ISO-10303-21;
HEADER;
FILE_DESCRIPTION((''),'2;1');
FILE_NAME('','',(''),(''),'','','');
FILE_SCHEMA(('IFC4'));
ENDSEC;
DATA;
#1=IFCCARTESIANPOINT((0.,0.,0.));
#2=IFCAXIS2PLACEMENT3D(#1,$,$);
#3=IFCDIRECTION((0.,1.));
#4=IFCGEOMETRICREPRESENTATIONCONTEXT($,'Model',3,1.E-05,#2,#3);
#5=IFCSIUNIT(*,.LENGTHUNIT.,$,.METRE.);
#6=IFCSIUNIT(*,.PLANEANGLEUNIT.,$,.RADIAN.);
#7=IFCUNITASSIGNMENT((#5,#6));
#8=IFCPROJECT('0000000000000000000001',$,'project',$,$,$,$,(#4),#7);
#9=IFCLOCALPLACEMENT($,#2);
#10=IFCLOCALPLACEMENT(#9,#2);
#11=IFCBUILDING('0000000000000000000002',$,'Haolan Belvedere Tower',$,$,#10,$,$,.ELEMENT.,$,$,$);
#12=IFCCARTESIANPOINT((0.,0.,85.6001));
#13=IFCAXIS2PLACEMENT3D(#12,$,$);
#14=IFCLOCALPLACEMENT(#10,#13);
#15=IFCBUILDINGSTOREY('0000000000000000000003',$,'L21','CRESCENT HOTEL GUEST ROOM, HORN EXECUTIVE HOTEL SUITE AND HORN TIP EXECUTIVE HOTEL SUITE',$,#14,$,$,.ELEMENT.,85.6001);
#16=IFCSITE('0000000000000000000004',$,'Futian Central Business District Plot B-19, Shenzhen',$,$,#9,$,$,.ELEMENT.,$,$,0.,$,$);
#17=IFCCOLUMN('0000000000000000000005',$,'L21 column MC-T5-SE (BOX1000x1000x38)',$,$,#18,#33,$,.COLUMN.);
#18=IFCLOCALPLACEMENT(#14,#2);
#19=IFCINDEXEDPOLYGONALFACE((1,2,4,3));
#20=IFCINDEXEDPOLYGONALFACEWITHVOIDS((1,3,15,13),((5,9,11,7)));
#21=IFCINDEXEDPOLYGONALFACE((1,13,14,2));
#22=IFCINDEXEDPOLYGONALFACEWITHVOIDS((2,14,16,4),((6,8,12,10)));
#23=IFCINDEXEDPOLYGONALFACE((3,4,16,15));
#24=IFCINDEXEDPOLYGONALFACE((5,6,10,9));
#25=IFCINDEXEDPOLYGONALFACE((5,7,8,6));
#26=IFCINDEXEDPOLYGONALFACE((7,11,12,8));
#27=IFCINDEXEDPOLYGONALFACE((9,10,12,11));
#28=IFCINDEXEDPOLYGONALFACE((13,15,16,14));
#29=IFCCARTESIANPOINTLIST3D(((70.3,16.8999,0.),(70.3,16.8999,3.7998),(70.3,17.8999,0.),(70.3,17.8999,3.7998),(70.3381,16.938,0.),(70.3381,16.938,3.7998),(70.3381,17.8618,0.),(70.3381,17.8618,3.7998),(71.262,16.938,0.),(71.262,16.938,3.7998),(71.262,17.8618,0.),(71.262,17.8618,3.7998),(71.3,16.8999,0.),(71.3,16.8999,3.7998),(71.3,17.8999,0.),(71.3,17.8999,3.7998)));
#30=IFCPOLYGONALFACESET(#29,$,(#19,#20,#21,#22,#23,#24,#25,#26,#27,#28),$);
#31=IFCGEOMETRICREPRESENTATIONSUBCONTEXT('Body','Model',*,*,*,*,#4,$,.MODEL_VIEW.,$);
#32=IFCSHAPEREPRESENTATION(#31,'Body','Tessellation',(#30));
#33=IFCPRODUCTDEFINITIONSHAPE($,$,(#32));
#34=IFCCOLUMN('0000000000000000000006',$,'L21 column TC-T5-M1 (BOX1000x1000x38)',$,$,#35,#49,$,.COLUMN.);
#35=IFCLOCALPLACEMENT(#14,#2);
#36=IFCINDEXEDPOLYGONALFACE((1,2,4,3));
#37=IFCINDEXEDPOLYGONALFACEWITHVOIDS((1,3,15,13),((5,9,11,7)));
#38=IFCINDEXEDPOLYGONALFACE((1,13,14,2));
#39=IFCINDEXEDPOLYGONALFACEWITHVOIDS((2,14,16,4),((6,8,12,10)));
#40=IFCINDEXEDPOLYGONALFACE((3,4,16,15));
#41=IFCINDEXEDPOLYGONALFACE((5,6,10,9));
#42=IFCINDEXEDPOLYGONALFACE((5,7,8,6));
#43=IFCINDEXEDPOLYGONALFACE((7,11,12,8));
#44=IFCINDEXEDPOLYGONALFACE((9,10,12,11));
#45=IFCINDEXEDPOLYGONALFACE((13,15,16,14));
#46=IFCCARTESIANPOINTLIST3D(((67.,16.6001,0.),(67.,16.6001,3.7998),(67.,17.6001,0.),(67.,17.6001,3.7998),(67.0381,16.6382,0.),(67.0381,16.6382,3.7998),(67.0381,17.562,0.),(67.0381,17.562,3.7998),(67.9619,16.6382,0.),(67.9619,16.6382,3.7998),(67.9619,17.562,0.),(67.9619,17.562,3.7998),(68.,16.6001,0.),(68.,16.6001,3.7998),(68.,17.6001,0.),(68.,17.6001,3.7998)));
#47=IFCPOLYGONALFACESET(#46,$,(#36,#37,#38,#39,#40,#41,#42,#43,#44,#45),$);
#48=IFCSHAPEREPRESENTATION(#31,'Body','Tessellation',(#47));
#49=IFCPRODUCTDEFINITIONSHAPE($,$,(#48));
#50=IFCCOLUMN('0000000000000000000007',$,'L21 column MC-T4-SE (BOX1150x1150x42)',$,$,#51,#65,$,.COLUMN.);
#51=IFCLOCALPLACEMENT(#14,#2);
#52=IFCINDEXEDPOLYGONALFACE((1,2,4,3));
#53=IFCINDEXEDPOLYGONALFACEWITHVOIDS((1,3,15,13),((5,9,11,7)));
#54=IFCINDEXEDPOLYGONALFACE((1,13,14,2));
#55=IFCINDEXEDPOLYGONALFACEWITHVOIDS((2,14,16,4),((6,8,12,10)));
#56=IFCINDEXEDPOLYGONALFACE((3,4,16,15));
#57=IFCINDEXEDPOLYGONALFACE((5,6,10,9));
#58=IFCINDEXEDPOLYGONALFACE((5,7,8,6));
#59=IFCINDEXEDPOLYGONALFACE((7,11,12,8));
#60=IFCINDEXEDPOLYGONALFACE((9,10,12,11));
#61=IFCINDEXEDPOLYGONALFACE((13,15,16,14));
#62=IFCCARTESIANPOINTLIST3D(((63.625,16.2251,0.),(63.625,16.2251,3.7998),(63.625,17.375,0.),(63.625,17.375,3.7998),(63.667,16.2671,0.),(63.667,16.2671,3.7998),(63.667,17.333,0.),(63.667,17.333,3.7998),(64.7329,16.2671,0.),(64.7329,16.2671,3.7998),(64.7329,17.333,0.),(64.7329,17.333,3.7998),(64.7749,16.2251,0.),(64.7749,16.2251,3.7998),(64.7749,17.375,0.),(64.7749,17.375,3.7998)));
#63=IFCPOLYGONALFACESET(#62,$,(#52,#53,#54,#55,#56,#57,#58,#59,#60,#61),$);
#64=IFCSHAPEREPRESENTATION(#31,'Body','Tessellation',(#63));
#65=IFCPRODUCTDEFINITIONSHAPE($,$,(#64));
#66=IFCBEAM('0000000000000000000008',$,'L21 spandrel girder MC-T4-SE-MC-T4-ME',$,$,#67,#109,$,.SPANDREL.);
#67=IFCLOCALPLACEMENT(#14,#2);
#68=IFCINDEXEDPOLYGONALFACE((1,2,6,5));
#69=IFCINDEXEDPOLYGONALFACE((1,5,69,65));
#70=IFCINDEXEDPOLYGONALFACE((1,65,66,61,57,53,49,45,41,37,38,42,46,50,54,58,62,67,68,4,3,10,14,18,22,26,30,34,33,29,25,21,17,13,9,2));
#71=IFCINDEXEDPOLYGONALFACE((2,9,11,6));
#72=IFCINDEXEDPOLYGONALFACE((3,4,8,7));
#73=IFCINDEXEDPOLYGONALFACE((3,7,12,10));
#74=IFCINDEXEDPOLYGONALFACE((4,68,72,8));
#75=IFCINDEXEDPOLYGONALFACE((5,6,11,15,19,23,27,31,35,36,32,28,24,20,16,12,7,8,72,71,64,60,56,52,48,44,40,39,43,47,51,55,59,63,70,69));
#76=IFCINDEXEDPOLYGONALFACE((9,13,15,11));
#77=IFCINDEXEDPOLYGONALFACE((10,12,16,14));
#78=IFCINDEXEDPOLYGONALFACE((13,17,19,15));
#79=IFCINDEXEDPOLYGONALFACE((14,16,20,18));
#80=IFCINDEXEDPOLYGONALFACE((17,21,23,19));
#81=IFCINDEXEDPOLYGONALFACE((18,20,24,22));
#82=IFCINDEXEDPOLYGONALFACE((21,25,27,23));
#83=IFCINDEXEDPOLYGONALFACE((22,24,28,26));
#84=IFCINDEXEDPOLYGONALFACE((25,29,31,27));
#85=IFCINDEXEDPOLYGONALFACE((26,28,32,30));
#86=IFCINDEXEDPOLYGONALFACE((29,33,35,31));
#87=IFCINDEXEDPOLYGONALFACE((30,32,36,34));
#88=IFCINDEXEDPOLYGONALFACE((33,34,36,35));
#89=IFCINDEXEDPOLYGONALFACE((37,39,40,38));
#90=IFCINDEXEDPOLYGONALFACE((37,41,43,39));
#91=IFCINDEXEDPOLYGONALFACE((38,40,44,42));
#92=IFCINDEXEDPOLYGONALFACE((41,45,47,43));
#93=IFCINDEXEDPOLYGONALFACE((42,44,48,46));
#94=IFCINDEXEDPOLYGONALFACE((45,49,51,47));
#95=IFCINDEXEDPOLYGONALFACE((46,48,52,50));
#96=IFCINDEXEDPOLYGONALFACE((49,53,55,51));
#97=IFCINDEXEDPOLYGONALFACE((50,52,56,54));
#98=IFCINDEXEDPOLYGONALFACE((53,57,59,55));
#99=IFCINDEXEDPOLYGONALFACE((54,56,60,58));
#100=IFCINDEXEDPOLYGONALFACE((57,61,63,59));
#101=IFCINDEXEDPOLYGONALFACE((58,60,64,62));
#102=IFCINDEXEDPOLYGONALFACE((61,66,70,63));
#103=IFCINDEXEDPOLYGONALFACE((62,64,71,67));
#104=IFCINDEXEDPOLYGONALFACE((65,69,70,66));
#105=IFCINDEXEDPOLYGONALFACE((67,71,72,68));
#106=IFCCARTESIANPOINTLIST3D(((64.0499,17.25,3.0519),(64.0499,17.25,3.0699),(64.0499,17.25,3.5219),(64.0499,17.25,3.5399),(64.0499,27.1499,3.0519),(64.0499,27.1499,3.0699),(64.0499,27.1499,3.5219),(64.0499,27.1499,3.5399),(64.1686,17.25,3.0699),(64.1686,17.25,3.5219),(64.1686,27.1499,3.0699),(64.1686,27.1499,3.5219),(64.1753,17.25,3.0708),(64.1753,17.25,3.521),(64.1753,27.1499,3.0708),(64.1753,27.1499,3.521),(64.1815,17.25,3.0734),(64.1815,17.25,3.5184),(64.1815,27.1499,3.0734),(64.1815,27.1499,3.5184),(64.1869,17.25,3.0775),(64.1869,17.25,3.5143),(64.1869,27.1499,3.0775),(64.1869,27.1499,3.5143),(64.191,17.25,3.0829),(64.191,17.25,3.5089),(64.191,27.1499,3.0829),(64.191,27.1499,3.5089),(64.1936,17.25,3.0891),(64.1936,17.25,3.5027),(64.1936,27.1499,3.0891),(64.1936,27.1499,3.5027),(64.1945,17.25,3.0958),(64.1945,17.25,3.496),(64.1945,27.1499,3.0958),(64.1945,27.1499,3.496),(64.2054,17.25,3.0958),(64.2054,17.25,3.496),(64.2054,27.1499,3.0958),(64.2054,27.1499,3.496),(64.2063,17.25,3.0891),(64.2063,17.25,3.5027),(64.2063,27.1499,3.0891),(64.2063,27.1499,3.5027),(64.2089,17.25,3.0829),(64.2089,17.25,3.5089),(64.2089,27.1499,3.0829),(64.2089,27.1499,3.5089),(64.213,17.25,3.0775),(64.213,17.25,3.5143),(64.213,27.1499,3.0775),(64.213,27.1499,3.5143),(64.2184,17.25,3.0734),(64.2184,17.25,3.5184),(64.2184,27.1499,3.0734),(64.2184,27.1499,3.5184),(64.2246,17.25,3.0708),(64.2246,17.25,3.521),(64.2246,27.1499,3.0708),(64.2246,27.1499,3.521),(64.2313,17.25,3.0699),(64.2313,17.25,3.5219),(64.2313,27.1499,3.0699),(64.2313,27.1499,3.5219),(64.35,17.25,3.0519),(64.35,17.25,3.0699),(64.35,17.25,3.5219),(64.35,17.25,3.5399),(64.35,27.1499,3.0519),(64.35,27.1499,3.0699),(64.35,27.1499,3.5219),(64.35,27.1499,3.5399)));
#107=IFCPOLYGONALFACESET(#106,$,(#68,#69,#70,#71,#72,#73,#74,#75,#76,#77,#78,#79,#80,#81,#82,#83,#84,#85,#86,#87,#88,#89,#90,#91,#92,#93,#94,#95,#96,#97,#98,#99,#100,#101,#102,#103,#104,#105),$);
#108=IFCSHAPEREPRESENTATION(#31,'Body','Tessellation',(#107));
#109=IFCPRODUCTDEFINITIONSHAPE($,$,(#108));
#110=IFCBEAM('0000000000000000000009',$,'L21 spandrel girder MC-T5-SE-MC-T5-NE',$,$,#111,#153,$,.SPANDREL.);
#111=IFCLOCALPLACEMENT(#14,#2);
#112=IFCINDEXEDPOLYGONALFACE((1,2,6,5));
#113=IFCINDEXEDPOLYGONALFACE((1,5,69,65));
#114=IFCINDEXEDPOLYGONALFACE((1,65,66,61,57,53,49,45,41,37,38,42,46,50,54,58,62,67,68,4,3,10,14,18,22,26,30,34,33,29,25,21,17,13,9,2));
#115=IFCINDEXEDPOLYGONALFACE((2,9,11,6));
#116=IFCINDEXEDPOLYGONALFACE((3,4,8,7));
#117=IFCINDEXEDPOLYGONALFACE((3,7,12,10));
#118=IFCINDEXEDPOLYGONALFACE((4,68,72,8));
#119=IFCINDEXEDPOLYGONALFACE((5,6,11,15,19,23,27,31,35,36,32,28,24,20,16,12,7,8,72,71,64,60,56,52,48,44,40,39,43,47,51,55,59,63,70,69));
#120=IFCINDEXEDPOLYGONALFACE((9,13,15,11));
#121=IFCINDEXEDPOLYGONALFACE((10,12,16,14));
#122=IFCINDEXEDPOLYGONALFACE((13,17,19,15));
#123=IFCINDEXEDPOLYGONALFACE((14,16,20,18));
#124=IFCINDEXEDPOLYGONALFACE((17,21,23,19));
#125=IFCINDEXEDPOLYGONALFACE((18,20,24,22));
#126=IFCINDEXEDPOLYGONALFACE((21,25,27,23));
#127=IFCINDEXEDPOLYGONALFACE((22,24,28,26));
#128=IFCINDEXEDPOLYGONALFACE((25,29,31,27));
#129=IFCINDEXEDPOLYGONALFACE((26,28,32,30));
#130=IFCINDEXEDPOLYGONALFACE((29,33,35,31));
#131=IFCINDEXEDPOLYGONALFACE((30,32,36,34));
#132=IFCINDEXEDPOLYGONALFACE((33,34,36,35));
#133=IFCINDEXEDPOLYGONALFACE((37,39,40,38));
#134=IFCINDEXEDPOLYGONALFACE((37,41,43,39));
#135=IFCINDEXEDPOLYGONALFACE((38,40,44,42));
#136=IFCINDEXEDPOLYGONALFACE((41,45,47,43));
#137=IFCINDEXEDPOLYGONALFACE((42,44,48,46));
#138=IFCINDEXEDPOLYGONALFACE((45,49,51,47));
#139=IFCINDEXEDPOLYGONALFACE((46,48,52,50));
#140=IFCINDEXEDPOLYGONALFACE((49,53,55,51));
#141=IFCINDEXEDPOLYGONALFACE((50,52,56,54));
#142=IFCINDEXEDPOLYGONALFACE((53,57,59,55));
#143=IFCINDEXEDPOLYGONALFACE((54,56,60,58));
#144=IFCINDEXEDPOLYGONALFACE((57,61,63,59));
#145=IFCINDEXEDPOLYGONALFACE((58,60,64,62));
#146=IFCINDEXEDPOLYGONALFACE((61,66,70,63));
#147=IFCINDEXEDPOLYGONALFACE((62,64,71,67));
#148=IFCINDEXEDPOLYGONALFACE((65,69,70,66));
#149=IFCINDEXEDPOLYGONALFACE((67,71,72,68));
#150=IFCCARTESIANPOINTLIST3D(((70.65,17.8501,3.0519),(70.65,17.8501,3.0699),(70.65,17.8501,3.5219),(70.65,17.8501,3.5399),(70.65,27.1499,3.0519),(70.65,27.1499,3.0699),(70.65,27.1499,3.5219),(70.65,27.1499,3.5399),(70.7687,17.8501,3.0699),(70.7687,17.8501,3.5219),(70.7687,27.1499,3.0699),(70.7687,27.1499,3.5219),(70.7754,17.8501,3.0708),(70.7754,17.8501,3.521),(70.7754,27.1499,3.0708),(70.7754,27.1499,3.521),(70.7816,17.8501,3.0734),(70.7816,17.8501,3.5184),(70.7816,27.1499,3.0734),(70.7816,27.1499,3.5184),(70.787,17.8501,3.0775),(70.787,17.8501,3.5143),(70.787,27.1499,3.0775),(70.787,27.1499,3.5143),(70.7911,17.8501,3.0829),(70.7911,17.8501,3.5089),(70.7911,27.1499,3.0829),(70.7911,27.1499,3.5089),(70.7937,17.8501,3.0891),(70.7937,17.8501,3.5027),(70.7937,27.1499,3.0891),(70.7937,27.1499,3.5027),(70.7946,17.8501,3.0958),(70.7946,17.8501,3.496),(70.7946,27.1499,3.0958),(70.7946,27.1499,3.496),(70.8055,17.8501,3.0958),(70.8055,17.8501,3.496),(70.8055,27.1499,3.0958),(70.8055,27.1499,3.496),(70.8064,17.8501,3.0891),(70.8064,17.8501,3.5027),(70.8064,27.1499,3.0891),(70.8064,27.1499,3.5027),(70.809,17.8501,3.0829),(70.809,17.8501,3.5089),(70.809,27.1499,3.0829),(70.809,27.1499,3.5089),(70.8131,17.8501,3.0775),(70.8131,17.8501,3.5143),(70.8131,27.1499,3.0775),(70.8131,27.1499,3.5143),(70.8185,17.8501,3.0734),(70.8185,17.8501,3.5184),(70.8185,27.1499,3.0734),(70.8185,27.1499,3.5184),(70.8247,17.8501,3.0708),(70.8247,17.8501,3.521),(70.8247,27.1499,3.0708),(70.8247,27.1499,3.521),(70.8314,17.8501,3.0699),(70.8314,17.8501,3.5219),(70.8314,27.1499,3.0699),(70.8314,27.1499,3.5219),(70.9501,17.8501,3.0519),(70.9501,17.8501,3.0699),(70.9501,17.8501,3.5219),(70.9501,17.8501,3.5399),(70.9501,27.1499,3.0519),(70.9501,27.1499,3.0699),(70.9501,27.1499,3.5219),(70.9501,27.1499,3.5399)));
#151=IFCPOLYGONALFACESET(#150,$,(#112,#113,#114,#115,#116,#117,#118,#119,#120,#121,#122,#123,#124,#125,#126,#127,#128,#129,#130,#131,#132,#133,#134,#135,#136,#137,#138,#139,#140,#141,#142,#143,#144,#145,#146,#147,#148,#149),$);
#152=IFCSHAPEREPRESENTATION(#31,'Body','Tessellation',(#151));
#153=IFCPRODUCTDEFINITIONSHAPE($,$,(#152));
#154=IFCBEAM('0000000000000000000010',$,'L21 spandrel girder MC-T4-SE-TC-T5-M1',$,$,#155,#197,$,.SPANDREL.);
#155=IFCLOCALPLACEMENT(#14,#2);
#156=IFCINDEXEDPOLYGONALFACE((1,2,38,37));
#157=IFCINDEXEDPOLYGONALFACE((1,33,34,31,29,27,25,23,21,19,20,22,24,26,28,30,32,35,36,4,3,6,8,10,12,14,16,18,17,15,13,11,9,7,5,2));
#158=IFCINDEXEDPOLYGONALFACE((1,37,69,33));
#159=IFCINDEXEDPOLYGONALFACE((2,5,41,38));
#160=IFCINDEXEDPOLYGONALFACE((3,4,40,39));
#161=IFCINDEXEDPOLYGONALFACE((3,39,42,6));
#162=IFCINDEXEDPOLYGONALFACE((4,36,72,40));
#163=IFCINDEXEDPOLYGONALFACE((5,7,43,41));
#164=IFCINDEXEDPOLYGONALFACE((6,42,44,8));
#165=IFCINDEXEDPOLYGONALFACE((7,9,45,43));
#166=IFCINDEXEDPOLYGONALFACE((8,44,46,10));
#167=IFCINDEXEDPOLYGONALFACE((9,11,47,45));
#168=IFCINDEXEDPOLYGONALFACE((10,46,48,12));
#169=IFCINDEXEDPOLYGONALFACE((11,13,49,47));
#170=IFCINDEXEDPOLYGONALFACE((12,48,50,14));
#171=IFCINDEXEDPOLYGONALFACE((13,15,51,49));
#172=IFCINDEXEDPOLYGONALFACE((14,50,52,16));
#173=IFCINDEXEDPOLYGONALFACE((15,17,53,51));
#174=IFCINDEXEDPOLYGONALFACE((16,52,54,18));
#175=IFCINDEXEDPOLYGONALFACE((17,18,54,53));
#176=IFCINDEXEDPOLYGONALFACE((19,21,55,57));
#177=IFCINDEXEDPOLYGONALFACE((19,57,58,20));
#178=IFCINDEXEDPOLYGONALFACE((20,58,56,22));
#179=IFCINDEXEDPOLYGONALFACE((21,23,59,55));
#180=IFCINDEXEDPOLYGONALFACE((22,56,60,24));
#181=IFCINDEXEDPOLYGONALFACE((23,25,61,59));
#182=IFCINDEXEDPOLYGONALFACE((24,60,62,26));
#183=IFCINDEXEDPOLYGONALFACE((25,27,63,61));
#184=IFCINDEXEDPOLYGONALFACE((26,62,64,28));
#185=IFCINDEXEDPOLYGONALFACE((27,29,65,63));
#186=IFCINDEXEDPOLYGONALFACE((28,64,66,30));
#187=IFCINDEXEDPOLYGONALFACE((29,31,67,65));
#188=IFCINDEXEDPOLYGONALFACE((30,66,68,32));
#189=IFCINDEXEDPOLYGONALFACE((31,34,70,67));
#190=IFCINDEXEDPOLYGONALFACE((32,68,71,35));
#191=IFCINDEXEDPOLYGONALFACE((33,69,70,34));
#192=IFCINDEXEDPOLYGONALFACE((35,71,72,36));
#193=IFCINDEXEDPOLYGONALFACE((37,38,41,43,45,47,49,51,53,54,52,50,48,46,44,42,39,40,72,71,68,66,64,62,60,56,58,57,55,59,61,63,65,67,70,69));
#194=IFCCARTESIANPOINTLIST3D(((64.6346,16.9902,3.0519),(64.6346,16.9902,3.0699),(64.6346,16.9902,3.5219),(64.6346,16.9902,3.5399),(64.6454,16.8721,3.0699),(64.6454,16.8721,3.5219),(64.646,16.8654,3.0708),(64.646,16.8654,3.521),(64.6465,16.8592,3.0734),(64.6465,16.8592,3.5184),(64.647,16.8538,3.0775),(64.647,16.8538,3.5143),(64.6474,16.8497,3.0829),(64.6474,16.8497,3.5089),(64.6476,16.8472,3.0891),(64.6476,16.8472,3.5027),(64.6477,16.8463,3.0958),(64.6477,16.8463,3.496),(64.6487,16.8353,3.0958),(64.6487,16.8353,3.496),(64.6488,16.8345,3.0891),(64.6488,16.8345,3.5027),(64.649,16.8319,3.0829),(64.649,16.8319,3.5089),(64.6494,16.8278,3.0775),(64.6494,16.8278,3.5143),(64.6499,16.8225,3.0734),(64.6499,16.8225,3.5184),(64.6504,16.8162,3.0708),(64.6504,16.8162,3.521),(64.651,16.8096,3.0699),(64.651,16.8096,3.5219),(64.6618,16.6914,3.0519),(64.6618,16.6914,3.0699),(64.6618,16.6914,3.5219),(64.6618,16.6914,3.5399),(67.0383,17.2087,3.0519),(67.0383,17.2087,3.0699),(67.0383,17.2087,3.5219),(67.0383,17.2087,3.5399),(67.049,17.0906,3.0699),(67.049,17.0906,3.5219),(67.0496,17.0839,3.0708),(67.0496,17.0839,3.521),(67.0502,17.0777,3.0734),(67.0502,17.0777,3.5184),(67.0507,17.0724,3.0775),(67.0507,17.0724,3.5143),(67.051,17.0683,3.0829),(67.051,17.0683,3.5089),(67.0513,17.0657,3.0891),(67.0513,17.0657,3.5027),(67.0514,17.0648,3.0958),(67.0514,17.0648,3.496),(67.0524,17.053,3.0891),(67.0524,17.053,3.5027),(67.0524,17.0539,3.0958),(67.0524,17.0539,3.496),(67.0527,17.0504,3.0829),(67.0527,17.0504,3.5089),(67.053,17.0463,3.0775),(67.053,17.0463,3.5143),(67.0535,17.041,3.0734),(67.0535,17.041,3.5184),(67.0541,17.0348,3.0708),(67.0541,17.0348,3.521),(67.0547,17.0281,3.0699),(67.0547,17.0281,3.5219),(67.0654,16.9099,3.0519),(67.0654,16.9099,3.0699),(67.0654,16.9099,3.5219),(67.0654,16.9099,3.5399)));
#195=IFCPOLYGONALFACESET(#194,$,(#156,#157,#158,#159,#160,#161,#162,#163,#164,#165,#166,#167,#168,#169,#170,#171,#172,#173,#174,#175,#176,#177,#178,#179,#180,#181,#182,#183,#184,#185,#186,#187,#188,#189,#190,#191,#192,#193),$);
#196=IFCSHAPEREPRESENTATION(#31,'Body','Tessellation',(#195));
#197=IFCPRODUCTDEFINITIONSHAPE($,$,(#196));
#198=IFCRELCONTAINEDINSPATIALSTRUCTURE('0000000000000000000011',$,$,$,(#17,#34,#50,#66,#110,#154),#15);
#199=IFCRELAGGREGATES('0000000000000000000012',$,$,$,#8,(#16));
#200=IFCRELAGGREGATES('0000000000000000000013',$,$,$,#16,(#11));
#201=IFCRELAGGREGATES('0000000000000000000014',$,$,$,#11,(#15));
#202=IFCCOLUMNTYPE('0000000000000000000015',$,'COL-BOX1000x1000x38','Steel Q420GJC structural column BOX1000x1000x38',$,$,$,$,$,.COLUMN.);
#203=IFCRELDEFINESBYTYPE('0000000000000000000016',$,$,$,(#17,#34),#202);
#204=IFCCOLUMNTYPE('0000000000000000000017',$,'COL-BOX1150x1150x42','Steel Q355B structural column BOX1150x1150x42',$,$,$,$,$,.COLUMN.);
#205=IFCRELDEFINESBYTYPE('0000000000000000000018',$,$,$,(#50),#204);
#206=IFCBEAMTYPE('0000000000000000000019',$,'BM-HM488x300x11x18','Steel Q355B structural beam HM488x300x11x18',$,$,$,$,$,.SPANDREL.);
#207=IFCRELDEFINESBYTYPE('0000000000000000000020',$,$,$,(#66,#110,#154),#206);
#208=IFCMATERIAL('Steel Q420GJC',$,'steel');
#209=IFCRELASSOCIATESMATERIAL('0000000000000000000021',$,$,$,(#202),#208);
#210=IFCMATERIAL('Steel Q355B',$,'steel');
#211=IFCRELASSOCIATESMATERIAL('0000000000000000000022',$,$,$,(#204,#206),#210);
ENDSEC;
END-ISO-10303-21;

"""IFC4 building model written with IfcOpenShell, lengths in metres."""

from ifc_helpers import new_model, si_unit, direction, frame, origin, origin_2d, place, context, subcontext, project, spatial, hollow_rectangle, i_section, extrude, material, material_profile, profile_set, type_object, element, save


model = new_model("IFC4")

# Units and contexts
model_context = context("Model", 3, precision=1e-05, world=origin(), true_north=direction((0.0, 1.0)))
body_context = subcontext(model_context, "Body", "Model", "MODEL_VIEW")
ifc_project = project(units=[si_unit("LENGTHUNIT", "METRE"), si_unit("PLANEANGLEUNIT", "RADIAN")], contexts=[model_context])

# Site, building, storey
site_placement = place(None, origin())
site = spatial("IfcSite", under=ifc_project, at=site_placement, Name="Futian Central Business District Plot B-19, Shenzhen", CompositionType="ELEMENT", RefElevation=0.0)
building_placement = place(site_placement, origin())
building = spatial("IfcBuilding", under=site, at=building_placement, Name="Haolan Belvedere Tower", CompositionType="ELEMENT")
storey_placement = place(building_placement, frame((0.0, 0.0, 85.6001)))
storey = spatial("IfcBuildingStorey", under=building, at=storey_placement, Name="L21", Description="CRESCENT HOTEL GUEST ROOM, HORN EXECUTIVE HOTEL SUITE AND HORN TIP EXECUTIVE HOTEL SUITE", CompositionType="ELEMENT", Elevation=85.6001)

# Columns
ifc_material_1 = material(Name="Steel Q420GJC", Category="steel")
ifc_material_profile_1 = material_profile(ifc_material_1, hollow_rectangle(XDim=1.0, YDim=1.0, WallThickness=0.0381, at=origin_2d()), Name="Steel Q420GJC")
ifc_profile_set_1 = profile_set([ifc_material_profile_1], Name="Steel Q420GJC")
column_type_1 = type_object("IfcColumnType", Name="COL-BOX1000x1000x38", Description="Steel Q420GJC structural column BOX1000x1000x38", PredefinedType="COLUMN", material=ifc_profile_set_1)
for number, where, z_axis, x_axis, name in (
    (1, (70.8, 17.3999, 0.0), (0.0, 0.0, 1.0), (1.0, 0.0, 0.0), "L21 column MC-T5-SE (BOX1000x1000x38)"),
    (2, (67.5, 17.1001, 0.0), (0.0, 0.0, 1.0), (1.0, 0.0, 0.0), "L21 column TC-T5-M1 (BOX1000x1000x38)"),
):
    element("IfcColumn", number, at=place(storey_placement, frame(where, z_axis=z_axis, x_axis=x_axis)), inside=storey, type_object=column_type_1, Name=name, PredefinedType="COLUMN", context=body_context, shape_type="SweptSolid", body=[
        extrude(hollow_rectangle(XDim=1.0, YDim=1.0, WallThickness=0.0381, at=origin_2d()), origin(), (0.0, 0.0, 1.0), 3.7998),
    ])
ifc_material_2 = material(Name="Steel Q355B", Category="steel")
ifc_material_profile_2 = material_profile(ifc_material_2, hollow_rectangle(XDim=1.1499, YDim=1.1499, WallThickness=0.042, at=origin_2d()), Name="Steel Q355B")
ifc_profile_set_2 = profile_set([ifc_material_profile_2], Name="Steel Q355B")
column_type_2 = type_object("IfcColumnType", Name="COL-BOX1150x1150x42", Description="Steel Q355B structural column BOX1150x1150x42", PredefinedType="COLUMN", material=ifc_profile_set_2)
column_placement = place(storey_placement, frame((64.2, 16.8, 0.0), z_axis=(0.0, 0.0, 1.0), x_axis=(1.0, 0.0, 0.0)))
element("IfcColumn", 3, at=column_placement, inside=storey, type_object=column_type_2, Name="L21 column MC-T4-SE (BOX1150x1150x42)", PredefinedType="COLUMN", context=body_context, shape_type="SweptSolid", body=[
    extrude(hollow_rectangle(XDim=1.1499, YDim=1.1499, WallThickness=0.042, at=origin_2d()), origin(), (0.0, 0.0, 1.0), 3.7998),
])

# Beams
ifc_material_profile_3 = material_profile(ifc_material_2, i_section(OverallWidth=0.3, OverallDepth=0.488, WebThickness=0.011, FlangeThickness=0.0181, FilletRadius=0.0259, at=origin_2d()), Name="Steel Q355B")
ifc_profile_set_3 = profile_set([ifc_material_profile_3], Name="Steel Q355B")
beam_type = type_object("IfcBeamType", Name="BM-HM488x300x11x18", Description="Steel Q355B structural beam HM488x300x11x18", PredefinedType="SPANDREL", material=ifc_profile_set_3)
beam_1_placement = place(storey_placement, frame((64.2, 17.25, 3.2959), z_axis=(0.0, 1.0, 0.0), x_axis=(-1.0, 0.0, 0.0)))
element("IfcBeam", 4, at=beam_1_placement, inside=storey, type_object=beam_type, Name="L21 spandrel girder MC-T4-SE-MC-T4-ME", PredefinedType="SPANDREL", context=body_context, shape_type="SweptSolid", body=[
    extrude(i_section(OverallWidth=0.3, OverallDepth=0.488, WebThickness=0.011, FlangeThickness=0.0181, FilletRadius=0.0259, at=origin_2d()), origin(), (0.0, 0.0, 1.0), 9.8999),
])
beam_2_placement = place(storey_placement, frame((70.8, 17.8501, 3.2959), z_axis=(0.0, 1.0, 0.0), x_axis=(-1.0, 0.0, 0.0)))
element("IfcBeam", 5, at=beam_2_placement, inside=storey, type_object=beam_type, Name="L21 spandrel girder MC-T5-SE-MC-T5-NE", PredefinedType="SPANDREL", context=body_context, shape_type="SweptSolid", body=[
    extrude(i_section(OverallWidth=0.3, OverallDepth=0.488, WebThickness=0.011, FlangeThickness=0.0181, FilletRadius=0.0259, at=origin_2d()), origin(), (0.0, 0.0, 1.0), 9.2998),
])
for number, where, z_axis, x_axis, name in (
    (6, (64.6482, 16.8408, 3.2959), (0.995893, 0.090536, 0.0), (-0.090536, 0.995893, 0.0), "L21 spandrel girder MC-T4-SE-TC-T5-M1"),
):
    element("IfcBeam", number, at=place(storey_placement, frame(where, z_axis=z_axis, x_axis=x_axis)), inside=storey, type_object=beam_type, Name=name, PredefinedType="SPANDREL", context=body_context, shape_type="SweptSolid", body=[
        extrude(i_section(OverallWidth=0.3, OverallDepth=0.488, WebThickness=0.011, FlangeThickness=0.0181, FilletRadius=0.0259, at=origin_2d()), origin(), (0.0, 0.0, 1.0), 2.4136),
    ])

save(model, "model.ifc")
